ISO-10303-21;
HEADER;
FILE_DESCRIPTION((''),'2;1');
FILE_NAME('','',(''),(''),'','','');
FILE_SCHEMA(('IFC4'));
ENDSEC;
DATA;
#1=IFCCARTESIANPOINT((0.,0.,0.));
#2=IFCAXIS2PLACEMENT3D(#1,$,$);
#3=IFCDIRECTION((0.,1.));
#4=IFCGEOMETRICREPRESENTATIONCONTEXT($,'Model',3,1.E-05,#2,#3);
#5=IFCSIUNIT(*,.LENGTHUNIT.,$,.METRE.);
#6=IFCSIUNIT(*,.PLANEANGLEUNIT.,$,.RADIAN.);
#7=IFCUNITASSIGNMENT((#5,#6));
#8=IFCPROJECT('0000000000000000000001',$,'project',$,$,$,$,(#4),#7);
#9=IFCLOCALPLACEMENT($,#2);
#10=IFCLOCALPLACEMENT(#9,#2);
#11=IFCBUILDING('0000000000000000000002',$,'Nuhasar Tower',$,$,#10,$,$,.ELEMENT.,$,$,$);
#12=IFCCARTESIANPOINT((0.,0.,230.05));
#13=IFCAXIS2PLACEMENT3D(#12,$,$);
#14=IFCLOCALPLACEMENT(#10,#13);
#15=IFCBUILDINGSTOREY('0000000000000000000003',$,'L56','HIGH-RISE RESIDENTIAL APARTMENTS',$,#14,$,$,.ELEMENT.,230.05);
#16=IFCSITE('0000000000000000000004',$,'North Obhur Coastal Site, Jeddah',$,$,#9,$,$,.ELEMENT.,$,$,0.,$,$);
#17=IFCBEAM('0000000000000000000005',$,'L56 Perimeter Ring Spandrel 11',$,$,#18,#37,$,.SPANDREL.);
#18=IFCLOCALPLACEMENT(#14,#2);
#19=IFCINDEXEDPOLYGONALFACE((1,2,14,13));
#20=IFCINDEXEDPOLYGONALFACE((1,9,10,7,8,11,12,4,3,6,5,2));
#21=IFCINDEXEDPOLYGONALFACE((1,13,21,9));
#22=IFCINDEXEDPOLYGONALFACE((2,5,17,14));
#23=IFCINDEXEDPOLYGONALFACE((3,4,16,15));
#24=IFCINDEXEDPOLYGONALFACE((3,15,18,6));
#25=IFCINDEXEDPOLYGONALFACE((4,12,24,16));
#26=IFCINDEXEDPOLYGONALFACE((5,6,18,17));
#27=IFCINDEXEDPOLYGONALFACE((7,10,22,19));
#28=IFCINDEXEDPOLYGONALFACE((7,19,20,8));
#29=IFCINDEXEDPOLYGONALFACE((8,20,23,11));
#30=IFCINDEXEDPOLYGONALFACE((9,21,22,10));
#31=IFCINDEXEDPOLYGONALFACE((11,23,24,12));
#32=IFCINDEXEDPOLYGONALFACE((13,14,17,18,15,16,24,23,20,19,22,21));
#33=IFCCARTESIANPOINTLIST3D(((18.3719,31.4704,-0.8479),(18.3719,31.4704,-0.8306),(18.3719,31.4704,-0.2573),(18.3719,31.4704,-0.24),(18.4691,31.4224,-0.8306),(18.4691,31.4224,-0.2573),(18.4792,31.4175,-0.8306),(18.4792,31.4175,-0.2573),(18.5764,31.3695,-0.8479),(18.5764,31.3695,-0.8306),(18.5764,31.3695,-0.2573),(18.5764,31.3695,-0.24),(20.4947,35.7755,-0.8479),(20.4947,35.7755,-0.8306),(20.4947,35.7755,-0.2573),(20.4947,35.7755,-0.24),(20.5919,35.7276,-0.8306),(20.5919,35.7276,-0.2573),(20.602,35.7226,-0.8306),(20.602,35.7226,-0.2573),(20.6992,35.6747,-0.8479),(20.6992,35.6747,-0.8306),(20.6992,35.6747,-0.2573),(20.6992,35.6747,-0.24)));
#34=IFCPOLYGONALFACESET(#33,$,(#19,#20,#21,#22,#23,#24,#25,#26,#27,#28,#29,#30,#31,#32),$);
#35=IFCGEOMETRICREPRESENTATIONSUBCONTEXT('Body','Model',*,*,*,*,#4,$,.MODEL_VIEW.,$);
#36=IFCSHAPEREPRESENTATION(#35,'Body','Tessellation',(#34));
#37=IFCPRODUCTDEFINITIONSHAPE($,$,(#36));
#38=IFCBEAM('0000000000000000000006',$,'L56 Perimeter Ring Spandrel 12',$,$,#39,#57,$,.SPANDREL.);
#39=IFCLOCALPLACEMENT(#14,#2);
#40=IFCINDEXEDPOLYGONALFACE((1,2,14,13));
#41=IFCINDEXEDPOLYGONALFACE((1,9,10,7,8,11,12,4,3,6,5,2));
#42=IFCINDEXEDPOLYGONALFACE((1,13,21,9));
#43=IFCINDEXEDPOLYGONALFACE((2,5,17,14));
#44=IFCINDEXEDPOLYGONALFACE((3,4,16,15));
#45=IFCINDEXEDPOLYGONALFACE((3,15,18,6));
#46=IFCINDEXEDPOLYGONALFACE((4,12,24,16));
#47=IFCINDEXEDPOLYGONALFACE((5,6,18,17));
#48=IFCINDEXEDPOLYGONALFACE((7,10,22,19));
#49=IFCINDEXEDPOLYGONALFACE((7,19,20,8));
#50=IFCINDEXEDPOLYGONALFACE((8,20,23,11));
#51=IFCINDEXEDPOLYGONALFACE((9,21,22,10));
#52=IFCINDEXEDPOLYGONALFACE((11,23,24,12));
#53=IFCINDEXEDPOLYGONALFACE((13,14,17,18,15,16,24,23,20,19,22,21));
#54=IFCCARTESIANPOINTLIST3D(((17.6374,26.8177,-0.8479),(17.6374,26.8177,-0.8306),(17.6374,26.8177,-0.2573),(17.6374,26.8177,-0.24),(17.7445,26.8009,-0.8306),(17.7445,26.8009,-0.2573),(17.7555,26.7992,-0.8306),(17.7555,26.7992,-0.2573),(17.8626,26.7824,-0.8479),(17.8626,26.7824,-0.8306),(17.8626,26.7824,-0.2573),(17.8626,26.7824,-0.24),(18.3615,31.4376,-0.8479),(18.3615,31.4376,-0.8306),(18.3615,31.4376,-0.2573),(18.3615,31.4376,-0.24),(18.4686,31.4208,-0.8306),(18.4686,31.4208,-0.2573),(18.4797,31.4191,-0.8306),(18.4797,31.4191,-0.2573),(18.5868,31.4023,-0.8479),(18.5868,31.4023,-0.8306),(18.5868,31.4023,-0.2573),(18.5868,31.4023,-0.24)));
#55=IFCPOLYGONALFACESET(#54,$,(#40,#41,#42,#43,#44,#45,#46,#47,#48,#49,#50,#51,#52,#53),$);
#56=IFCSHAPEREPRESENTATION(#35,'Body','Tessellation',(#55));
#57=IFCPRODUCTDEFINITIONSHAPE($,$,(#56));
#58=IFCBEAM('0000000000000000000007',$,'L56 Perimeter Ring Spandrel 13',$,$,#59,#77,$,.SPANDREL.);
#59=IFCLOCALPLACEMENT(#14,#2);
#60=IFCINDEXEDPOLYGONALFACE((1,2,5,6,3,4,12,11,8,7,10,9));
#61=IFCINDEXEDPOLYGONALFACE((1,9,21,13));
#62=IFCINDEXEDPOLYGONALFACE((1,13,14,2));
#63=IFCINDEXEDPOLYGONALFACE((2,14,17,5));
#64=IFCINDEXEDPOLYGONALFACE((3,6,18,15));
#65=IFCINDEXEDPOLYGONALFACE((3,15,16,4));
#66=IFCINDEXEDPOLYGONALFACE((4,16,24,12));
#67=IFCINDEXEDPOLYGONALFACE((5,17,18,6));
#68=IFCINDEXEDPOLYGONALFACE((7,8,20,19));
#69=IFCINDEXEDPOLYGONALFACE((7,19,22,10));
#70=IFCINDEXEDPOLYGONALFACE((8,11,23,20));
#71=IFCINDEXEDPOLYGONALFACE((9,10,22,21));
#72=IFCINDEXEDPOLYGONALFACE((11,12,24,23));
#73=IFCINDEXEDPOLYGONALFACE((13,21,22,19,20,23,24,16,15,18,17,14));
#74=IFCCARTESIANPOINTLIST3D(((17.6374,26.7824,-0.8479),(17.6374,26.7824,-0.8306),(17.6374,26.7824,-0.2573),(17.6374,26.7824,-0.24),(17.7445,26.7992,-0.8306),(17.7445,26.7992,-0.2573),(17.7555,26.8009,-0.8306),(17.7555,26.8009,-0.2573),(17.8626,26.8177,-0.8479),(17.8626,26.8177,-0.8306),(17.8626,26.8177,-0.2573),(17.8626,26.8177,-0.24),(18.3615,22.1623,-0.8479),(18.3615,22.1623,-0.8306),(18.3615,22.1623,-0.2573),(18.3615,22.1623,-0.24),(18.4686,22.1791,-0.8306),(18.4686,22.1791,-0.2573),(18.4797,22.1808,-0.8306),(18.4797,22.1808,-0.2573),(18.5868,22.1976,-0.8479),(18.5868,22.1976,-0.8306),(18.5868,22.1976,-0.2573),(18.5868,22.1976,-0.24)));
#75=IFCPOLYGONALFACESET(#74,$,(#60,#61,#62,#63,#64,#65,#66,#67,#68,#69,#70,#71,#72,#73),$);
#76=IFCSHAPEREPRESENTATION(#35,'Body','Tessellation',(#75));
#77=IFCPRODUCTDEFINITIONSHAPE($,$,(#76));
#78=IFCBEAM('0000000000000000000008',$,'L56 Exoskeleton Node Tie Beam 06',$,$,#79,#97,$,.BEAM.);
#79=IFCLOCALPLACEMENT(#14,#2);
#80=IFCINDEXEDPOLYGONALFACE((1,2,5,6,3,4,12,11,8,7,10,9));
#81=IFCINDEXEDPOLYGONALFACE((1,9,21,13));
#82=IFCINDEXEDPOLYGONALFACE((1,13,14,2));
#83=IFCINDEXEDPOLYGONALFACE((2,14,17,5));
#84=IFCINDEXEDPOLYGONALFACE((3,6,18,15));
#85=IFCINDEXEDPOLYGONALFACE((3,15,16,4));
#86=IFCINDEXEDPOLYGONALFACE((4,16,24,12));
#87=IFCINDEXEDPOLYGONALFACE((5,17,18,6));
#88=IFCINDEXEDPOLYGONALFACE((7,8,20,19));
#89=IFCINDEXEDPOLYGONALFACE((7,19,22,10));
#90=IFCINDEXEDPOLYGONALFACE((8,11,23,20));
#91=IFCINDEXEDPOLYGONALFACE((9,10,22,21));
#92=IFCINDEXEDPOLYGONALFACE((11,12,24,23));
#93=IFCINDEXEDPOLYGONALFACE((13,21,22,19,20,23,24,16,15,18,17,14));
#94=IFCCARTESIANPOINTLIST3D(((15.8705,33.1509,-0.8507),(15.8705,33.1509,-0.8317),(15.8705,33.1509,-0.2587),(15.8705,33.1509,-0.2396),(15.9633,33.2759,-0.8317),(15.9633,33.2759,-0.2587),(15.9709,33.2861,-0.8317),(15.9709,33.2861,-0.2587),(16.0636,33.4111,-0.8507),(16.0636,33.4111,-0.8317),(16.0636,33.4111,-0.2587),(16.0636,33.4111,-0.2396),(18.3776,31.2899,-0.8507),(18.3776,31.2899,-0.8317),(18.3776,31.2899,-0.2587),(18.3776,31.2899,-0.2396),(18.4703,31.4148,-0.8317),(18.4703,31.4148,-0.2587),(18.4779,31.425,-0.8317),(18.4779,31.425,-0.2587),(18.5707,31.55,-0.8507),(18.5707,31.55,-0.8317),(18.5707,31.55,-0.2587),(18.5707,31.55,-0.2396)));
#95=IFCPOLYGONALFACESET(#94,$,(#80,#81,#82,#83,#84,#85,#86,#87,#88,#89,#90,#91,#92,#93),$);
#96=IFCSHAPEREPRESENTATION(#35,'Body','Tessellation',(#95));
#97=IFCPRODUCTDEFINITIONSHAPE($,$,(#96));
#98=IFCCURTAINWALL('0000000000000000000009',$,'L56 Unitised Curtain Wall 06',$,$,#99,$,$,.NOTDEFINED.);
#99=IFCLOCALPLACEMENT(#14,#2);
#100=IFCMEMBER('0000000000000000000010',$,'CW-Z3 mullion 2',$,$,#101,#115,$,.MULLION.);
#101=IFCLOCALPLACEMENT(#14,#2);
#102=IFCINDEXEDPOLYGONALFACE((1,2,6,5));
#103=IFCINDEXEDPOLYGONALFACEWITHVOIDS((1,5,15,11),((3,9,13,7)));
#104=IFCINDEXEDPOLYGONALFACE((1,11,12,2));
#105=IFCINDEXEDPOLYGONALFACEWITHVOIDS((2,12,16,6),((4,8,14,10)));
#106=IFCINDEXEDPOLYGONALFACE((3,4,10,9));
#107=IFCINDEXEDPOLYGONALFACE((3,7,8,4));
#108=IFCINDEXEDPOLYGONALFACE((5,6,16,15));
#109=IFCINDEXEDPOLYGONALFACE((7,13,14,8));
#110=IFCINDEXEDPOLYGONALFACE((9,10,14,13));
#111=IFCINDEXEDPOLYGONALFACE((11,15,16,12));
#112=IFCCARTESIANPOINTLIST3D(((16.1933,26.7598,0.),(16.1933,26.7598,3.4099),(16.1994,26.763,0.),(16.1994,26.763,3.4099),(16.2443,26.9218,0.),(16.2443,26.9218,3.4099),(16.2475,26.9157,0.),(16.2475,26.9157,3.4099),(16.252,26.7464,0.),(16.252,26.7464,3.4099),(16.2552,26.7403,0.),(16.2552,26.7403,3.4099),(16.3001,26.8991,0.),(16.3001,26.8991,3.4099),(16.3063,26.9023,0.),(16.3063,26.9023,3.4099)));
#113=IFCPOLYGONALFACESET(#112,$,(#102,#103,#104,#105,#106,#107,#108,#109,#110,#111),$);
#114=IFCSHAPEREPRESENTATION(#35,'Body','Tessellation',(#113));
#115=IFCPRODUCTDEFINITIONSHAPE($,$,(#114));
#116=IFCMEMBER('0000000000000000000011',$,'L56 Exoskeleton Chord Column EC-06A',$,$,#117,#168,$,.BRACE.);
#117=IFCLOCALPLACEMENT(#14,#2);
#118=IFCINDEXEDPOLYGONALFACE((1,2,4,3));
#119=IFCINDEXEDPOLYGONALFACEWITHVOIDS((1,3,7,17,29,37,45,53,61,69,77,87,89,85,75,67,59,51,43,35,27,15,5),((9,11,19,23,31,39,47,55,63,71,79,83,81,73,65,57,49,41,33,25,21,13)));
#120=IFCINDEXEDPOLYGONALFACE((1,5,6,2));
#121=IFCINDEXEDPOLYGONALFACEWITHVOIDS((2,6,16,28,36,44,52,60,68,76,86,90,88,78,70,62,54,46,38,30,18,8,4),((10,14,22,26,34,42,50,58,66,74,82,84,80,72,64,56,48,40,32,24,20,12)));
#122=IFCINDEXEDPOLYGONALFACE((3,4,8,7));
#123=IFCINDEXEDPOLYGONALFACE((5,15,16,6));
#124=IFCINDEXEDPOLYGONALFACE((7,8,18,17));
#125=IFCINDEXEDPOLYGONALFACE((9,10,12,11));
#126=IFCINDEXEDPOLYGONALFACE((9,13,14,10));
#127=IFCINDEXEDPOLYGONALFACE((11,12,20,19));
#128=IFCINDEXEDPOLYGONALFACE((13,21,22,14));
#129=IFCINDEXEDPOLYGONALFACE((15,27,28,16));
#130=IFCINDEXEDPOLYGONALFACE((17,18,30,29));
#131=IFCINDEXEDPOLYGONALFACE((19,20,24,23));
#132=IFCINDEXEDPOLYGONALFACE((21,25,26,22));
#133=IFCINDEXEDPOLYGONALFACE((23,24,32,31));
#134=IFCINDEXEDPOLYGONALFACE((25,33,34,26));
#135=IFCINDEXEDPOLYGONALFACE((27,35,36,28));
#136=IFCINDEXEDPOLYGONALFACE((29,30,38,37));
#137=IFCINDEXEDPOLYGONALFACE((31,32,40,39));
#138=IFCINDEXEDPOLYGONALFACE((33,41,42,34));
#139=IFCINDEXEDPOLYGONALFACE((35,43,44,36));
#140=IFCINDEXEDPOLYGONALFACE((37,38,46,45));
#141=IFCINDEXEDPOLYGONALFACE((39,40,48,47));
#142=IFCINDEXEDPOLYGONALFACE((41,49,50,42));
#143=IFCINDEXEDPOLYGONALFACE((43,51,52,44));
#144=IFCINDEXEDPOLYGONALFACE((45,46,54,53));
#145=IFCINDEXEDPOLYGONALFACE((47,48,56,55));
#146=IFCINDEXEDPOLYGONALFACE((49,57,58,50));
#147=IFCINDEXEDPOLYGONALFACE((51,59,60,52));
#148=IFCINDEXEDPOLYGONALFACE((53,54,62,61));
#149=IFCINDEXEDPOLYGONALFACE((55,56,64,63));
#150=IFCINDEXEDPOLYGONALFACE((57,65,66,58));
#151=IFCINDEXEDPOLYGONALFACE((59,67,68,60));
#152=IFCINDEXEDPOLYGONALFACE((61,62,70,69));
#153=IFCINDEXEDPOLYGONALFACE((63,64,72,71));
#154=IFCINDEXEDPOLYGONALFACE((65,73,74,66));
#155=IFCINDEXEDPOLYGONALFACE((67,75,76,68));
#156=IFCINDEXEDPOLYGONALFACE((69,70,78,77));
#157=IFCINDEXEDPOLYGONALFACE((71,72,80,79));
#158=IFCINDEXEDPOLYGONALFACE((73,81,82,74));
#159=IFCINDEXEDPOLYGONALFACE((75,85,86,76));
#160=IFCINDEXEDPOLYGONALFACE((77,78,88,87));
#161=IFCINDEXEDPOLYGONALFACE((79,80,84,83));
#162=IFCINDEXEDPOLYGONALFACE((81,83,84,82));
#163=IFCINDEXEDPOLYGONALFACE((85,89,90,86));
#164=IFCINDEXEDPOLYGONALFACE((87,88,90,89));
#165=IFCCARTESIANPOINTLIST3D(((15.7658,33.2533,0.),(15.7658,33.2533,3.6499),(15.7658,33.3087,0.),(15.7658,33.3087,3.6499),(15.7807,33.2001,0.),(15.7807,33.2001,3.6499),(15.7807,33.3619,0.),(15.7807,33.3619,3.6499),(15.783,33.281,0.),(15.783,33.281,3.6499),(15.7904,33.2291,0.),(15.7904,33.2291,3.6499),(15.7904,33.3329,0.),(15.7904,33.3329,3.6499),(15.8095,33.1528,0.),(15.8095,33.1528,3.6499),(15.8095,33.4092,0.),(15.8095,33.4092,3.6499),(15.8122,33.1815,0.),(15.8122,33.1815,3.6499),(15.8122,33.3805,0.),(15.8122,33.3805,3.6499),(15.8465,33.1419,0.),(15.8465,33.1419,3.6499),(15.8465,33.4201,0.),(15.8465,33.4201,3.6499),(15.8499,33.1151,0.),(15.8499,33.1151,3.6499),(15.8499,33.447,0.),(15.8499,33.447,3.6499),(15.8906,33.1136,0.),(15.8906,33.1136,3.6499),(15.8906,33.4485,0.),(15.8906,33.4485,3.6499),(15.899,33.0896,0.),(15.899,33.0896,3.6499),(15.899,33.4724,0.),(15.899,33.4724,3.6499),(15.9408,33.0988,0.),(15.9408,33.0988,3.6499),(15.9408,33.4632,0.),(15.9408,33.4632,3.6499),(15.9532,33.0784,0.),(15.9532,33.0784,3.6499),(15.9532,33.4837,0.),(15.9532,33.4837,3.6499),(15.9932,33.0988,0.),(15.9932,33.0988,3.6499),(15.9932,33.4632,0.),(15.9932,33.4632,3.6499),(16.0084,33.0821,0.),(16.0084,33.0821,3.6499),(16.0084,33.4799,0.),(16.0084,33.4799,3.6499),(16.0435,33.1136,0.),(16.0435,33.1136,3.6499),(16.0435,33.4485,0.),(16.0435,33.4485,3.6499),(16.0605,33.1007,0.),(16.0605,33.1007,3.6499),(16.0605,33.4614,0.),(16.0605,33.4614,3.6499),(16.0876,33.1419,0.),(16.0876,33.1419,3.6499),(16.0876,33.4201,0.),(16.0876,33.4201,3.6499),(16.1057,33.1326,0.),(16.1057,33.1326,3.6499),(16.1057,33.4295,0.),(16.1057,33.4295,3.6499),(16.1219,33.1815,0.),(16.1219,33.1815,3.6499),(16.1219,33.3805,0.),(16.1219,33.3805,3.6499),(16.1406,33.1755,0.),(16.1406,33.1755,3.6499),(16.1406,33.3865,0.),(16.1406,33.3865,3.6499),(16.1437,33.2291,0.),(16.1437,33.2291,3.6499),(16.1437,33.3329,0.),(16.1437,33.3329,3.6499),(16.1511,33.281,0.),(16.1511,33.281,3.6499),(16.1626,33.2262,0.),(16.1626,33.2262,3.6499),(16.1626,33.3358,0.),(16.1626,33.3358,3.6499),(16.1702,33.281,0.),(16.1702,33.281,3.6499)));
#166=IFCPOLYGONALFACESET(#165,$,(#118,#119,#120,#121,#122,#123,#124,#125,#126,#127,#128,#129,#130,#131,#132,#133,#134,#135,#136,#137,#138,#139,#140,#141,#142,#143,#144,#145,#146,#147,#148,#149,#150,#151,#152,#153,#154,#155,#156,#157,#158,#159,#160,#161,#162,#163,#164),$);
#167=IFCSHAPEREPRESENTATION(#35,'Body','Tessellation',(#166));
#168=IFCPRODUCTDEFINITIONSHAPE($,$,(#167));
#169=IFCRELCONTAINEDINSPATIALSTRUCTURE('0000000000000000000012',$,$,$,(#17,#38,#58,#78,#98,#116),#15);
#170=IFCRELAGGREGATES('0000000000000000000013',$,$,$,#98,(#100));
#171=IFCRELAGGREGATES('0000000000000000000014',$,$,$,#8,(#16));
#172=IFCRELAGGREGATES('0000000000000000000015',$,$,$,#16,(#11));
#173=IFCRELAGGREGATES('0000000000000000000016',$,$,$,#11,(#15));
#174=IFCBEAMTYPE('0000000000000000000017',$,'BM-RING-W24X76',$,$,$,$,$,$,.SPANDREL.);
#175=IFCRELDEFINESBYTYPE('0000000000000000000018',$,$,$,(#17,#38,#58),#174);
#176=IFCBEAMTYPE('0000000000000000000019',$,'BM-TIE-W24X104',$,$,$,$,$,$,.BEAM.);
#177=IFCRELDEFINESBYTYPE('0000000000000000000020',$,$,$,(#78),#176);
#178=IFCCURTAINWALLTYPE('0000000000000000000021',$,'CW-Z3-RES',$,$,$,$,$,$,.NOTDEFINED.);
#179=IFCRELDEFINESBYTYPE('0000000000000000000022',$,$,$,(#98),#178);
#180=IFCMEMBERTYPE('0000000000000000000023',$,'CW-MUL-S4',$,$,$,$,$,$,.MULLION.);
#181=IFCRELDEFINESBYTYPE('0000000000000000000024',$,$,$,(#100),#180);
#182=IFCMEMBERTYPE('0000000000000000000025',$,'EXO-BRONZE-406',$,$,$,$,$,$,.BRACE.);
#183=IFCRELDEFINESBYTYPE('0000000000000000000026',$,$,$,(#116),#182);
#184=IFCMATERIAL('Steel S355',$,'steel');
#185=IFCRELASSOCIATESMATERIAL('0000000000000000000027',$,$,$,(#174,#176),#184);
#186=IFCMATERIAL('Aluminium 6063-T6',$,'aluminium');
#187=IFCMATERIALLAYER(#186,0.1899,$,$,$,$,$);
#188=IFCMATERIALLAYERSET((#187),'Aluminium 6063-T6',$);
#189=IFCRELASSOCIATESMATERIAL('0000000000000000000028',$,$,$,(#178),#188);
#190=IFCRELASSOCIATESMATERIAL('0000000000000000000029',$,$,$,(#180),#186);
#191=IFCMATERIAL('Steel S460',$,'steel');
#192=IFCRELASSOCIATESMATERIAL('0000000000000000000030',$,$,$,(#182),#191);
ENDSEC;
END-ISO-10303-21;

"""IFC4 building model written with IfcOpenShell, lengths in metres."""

from ifc_helpers import new_model, si_unit, direction, frame, origin, origin_2d, place, context, subcontext, project, spatial, hollow_rectangle, hollow_circle, i_section, extrude, material, layer, layer_set, material_profile, profile_set, type_object, element, aggregate, save


model = new_model("IFC4")

# Units and contexts
model_context = context("Model", 3, precision=1e-05, world=origin(), true_north=direction((0.0, 1.0)))
body_context = subcontext(model_context, "Body", "Model", "MODEL_VIEW")
ifc_project = project(units=[si_unit("LENGTHUNIT", "METRE"), si_unit("PLANEANGLEUNIT", "RADIAN")], contexts=[model_context])

# Site, building, storey
site_placement = place(None, origin())
site = spatial("IfcSite", under=ifc_project, at=site_placement, Name="North Obhur Coastal Site, Jeddah", CompositionType="ELEMENT", RefElevation=0.0)
building_placement = place(site_placement, origin())
building = spatial("IfcBuilding", under=site, at=building_placement, Name="Nuhasar Tower", CompositionType="ELEMENT")
storey_placement = place(building_placement, frame((0.0, 0.0, 230.05)))
storey = spatial("IfcBuildingStorey", under=building, at=storey_placement, Name="L56", Description="HIGH-RISE RESIDENTIAL APARTMENTS", CompositionType="ELEMENT", Elevation=230.05)

# Beams
ifc_material_1 = material(Name="Steel S355", Category="steel")
ifc_material_profile_1 = material_profile(ifc_material_1, i_section(OverallWidth=0.228, OverallDepth=0.6079, WebThickness=0.0112, FlangeThickness=0.0173, at=origin_2d()), Name="W24X76")
ifc_profile_set_1 = profile_set([ifc_material_profile_1], Name="Steel S355")
beam_type_1 = type_object("IfcBeamType", Name="BM-RING-W24X76", PredefinedType="SPANDREL", material=ifc_profile_set_1)
beam_1_placement = place(storey_placement, frame((20.5969, 35.7251, -0.5439), z_axis=(-0.442243, -0.896895, 0.0), x_axis=(0.896895, -0.442243, 0.0)))
element("IfcBeam", 1, at=beam_1_placement, inside=storey, type_object=beam_type_1, Name="L56 Perimeter Ring Spandrel 11", PredefinedType="SPANDREL", context=body_context, shape_type="SweptSolid", body=[
    extrude(i_section(OverallWidth=0.228, OverallDepth=0.6079, WebThickness=0.0112, FlangeThickness=0.0173, at=origin_2d()), origin(), (0.0, 0.0, 1.0), 4.8),
])
beam_2_placement = place(storey_placement, frame((18.4741, 31.4199, -0.5439), z_axis=(-0.15485, -0.987938, 0.0), x_axis=(0.987938, -0.15485, 0.0)))
element("IfcBeam", 2, at=beam_2_placement, inside=storey, type_object=beam_type_1, Name="L56 Perimeter Ring Spandrel 12", PredefinedType="SPANDREL", context=body_context, shape_type="SweptSolid", body=[
    extrude(i_section(OverallWidth=0.228, OverallDepth=0.6079, WebThickness=0.0112, FlangeThickness=0.0173, at=origin_2d()), origin(), (0.0, 0.0, 1.0), 4.6763),
])
beam_3_placement = place(storey_placement, frame((17.75, 26.8, -0.5439), z_axis=(0.154842, -0.987939, 0.0), x_axis=(0.987939, 0.154842, 0.0)))
element("IfcBeam", 3, at=beam_3_placement, inside=storey, type_object=beam_type_1, Name="L56 Perimeter Ring Spandrel 13", PredefinedType="SPANDREL", context=body_context, shape_type="SweptSolid", body=[
    extrude(i_section(OverallWidth=0.228, OverallDepth=0.6079, WebThickness=0.0112, FlangeThickness=0.0173, at=origin_2d()), origin(), (0.0, 0.0, 1.0), 4.6765),
])
ifc_material_profile_2 = material_profile(ifc_material_1, i_section(OverallWidth=0.324, OverallDepth=0.6111, WebThickness=0.0127, FlangeThickness=0.019, at=origin_2d()), Name="W24X104")
ifc_profile_set_2 = profile_set([ifc_material_profile_2], Name="Steel S355")
beam_type_2 = type_object("IfcBeamType", Name="BM-TIE-W24X104", PredefinedType="BEAM", material=ifc_profile_set_2)
beam_4_placement = place(storey_placement, frame((18.4741, 31.4199, -0.5452), z_axis=(-0.802946, 0.596052, 0.0), x_axis=(-0.596052, -0.802946, 0.0)))
element("IfcBeam", 4, at=beam_4_placement, inside=storey, type_object=beam_type_2, Name="L56 Exoskeleton Node Tie Beam 06", PredefinedType="BEAM", context=body_context, shape_type="SweptSolid", body=[
    extrude(i_section(OverallWidth=0.324, OverallDepth=0.6111, WebThickness=0.0127, FlangeThickness=0.019, at=origin_2d()), origin(), (0.0, 0.0, 1.0), 3.1223),
])

# Curtain wall, member
ifc_material_2 = material(Name="Aluminium 6063-T6", Category="aluminium")
ifc_layer_1 = layer(ifc_material_2, 0.1899)
ifc_layer_set_1 = layer_set([ifc_layer_1], Name="Aluminium 6063-T6")
curtain_wall_type = type_object("IfcCurtainWallType", Name="CW-Z3-RES", PredefinedType="NOTDEFINED", material=ifc_layer_set_1)
curtain_wall_placement = place(storey_placement, origin())
curtain_wall = element("IfcCurtainWall", 5, at=curtain_wall_placement, inside=storey, type_object=curtain_wall_type, Name="L56 Unitised Curtain Wall 06", PredefinedType="NOTDEFINED")
ifc_material_profile_3 = material_profile(ifc_material_2, hollow_rectangle(XDim=0.0649, YDim=0.1699, WallThickness=0.0049, at=origin_2d()), Name="CWM-4")
ifc_profile_set_3 = profile_set([ifc_material_profile_3], Name="Aluminium 6063-T6")
member_type_1 = type_object("IfcMemberType", Name="CW-MUL-S4", PredefinedType="MULLION", material=ifc_profile_set_3)
member_placement = place(storey_placement, frame((16.2498, 26.8311, 0.0), z_axis=(0.0, 0.0, 1.0), x_axis=(0.953804, -0.300429, 0.0)))
member = element("IfcMember", 6, at=member_placement, type_object=member_type_1, Name="CW-Z3 mullion 2", PredefinedType="MULLION", context=body_context, shape_type="SweptSolid", body=[
    extrude(hollow_rectangle(XDim=0.0649, YDim=0.1699, WallThickness=0.0049, at=origin_2d()), origin(), (0.0, 0.0, 1.0), 3.4099),
])

# Member
ifc_material_3 = material(Name="Steel S460", Category="steel")
ifc_material_profile_4 = material_profile(ifc_material_3, hollow_circle(Radius=0.2031, WallThickness=0.019, at=origin_2d()), Name="HSS406.4X19.1")
ifc_profile_set_4 = profile_set([ifc_material_profile_4], Name="Steel S460")
member_type_2 = type_object("IfcMemberType", Name="EXO-BRONZE-406", PredefinedType="BRACE", material=ifc_profile_set_4)
for number, where, z_axis, x_axis, name in (
    (7, (15.967, 33.281, 0.0), (0.0, 0.0, 1.0), (1.0, 0.0, 0.0), "L56 Exoskeleton Chord Column EC-06A"),
):
    element("IfcMember", number, at=place(storey_placement, frame(where, z_axis=z_axis, x_axis=x_axis)), inside=storey, type_object=member_type_2, Name=name, PredefinedType="BRACE", context=body_context, shape_type="SweptSolid", body=[
        extrude(hollow_circle(Radius=0.2031, WallThickness=0.019, at=origin_2d()), origin(), (0.0, 0.0, 1.0), 3.6499),
    ])

aggregate(curtain_wall, [member])

save(model, "model.ifc")
